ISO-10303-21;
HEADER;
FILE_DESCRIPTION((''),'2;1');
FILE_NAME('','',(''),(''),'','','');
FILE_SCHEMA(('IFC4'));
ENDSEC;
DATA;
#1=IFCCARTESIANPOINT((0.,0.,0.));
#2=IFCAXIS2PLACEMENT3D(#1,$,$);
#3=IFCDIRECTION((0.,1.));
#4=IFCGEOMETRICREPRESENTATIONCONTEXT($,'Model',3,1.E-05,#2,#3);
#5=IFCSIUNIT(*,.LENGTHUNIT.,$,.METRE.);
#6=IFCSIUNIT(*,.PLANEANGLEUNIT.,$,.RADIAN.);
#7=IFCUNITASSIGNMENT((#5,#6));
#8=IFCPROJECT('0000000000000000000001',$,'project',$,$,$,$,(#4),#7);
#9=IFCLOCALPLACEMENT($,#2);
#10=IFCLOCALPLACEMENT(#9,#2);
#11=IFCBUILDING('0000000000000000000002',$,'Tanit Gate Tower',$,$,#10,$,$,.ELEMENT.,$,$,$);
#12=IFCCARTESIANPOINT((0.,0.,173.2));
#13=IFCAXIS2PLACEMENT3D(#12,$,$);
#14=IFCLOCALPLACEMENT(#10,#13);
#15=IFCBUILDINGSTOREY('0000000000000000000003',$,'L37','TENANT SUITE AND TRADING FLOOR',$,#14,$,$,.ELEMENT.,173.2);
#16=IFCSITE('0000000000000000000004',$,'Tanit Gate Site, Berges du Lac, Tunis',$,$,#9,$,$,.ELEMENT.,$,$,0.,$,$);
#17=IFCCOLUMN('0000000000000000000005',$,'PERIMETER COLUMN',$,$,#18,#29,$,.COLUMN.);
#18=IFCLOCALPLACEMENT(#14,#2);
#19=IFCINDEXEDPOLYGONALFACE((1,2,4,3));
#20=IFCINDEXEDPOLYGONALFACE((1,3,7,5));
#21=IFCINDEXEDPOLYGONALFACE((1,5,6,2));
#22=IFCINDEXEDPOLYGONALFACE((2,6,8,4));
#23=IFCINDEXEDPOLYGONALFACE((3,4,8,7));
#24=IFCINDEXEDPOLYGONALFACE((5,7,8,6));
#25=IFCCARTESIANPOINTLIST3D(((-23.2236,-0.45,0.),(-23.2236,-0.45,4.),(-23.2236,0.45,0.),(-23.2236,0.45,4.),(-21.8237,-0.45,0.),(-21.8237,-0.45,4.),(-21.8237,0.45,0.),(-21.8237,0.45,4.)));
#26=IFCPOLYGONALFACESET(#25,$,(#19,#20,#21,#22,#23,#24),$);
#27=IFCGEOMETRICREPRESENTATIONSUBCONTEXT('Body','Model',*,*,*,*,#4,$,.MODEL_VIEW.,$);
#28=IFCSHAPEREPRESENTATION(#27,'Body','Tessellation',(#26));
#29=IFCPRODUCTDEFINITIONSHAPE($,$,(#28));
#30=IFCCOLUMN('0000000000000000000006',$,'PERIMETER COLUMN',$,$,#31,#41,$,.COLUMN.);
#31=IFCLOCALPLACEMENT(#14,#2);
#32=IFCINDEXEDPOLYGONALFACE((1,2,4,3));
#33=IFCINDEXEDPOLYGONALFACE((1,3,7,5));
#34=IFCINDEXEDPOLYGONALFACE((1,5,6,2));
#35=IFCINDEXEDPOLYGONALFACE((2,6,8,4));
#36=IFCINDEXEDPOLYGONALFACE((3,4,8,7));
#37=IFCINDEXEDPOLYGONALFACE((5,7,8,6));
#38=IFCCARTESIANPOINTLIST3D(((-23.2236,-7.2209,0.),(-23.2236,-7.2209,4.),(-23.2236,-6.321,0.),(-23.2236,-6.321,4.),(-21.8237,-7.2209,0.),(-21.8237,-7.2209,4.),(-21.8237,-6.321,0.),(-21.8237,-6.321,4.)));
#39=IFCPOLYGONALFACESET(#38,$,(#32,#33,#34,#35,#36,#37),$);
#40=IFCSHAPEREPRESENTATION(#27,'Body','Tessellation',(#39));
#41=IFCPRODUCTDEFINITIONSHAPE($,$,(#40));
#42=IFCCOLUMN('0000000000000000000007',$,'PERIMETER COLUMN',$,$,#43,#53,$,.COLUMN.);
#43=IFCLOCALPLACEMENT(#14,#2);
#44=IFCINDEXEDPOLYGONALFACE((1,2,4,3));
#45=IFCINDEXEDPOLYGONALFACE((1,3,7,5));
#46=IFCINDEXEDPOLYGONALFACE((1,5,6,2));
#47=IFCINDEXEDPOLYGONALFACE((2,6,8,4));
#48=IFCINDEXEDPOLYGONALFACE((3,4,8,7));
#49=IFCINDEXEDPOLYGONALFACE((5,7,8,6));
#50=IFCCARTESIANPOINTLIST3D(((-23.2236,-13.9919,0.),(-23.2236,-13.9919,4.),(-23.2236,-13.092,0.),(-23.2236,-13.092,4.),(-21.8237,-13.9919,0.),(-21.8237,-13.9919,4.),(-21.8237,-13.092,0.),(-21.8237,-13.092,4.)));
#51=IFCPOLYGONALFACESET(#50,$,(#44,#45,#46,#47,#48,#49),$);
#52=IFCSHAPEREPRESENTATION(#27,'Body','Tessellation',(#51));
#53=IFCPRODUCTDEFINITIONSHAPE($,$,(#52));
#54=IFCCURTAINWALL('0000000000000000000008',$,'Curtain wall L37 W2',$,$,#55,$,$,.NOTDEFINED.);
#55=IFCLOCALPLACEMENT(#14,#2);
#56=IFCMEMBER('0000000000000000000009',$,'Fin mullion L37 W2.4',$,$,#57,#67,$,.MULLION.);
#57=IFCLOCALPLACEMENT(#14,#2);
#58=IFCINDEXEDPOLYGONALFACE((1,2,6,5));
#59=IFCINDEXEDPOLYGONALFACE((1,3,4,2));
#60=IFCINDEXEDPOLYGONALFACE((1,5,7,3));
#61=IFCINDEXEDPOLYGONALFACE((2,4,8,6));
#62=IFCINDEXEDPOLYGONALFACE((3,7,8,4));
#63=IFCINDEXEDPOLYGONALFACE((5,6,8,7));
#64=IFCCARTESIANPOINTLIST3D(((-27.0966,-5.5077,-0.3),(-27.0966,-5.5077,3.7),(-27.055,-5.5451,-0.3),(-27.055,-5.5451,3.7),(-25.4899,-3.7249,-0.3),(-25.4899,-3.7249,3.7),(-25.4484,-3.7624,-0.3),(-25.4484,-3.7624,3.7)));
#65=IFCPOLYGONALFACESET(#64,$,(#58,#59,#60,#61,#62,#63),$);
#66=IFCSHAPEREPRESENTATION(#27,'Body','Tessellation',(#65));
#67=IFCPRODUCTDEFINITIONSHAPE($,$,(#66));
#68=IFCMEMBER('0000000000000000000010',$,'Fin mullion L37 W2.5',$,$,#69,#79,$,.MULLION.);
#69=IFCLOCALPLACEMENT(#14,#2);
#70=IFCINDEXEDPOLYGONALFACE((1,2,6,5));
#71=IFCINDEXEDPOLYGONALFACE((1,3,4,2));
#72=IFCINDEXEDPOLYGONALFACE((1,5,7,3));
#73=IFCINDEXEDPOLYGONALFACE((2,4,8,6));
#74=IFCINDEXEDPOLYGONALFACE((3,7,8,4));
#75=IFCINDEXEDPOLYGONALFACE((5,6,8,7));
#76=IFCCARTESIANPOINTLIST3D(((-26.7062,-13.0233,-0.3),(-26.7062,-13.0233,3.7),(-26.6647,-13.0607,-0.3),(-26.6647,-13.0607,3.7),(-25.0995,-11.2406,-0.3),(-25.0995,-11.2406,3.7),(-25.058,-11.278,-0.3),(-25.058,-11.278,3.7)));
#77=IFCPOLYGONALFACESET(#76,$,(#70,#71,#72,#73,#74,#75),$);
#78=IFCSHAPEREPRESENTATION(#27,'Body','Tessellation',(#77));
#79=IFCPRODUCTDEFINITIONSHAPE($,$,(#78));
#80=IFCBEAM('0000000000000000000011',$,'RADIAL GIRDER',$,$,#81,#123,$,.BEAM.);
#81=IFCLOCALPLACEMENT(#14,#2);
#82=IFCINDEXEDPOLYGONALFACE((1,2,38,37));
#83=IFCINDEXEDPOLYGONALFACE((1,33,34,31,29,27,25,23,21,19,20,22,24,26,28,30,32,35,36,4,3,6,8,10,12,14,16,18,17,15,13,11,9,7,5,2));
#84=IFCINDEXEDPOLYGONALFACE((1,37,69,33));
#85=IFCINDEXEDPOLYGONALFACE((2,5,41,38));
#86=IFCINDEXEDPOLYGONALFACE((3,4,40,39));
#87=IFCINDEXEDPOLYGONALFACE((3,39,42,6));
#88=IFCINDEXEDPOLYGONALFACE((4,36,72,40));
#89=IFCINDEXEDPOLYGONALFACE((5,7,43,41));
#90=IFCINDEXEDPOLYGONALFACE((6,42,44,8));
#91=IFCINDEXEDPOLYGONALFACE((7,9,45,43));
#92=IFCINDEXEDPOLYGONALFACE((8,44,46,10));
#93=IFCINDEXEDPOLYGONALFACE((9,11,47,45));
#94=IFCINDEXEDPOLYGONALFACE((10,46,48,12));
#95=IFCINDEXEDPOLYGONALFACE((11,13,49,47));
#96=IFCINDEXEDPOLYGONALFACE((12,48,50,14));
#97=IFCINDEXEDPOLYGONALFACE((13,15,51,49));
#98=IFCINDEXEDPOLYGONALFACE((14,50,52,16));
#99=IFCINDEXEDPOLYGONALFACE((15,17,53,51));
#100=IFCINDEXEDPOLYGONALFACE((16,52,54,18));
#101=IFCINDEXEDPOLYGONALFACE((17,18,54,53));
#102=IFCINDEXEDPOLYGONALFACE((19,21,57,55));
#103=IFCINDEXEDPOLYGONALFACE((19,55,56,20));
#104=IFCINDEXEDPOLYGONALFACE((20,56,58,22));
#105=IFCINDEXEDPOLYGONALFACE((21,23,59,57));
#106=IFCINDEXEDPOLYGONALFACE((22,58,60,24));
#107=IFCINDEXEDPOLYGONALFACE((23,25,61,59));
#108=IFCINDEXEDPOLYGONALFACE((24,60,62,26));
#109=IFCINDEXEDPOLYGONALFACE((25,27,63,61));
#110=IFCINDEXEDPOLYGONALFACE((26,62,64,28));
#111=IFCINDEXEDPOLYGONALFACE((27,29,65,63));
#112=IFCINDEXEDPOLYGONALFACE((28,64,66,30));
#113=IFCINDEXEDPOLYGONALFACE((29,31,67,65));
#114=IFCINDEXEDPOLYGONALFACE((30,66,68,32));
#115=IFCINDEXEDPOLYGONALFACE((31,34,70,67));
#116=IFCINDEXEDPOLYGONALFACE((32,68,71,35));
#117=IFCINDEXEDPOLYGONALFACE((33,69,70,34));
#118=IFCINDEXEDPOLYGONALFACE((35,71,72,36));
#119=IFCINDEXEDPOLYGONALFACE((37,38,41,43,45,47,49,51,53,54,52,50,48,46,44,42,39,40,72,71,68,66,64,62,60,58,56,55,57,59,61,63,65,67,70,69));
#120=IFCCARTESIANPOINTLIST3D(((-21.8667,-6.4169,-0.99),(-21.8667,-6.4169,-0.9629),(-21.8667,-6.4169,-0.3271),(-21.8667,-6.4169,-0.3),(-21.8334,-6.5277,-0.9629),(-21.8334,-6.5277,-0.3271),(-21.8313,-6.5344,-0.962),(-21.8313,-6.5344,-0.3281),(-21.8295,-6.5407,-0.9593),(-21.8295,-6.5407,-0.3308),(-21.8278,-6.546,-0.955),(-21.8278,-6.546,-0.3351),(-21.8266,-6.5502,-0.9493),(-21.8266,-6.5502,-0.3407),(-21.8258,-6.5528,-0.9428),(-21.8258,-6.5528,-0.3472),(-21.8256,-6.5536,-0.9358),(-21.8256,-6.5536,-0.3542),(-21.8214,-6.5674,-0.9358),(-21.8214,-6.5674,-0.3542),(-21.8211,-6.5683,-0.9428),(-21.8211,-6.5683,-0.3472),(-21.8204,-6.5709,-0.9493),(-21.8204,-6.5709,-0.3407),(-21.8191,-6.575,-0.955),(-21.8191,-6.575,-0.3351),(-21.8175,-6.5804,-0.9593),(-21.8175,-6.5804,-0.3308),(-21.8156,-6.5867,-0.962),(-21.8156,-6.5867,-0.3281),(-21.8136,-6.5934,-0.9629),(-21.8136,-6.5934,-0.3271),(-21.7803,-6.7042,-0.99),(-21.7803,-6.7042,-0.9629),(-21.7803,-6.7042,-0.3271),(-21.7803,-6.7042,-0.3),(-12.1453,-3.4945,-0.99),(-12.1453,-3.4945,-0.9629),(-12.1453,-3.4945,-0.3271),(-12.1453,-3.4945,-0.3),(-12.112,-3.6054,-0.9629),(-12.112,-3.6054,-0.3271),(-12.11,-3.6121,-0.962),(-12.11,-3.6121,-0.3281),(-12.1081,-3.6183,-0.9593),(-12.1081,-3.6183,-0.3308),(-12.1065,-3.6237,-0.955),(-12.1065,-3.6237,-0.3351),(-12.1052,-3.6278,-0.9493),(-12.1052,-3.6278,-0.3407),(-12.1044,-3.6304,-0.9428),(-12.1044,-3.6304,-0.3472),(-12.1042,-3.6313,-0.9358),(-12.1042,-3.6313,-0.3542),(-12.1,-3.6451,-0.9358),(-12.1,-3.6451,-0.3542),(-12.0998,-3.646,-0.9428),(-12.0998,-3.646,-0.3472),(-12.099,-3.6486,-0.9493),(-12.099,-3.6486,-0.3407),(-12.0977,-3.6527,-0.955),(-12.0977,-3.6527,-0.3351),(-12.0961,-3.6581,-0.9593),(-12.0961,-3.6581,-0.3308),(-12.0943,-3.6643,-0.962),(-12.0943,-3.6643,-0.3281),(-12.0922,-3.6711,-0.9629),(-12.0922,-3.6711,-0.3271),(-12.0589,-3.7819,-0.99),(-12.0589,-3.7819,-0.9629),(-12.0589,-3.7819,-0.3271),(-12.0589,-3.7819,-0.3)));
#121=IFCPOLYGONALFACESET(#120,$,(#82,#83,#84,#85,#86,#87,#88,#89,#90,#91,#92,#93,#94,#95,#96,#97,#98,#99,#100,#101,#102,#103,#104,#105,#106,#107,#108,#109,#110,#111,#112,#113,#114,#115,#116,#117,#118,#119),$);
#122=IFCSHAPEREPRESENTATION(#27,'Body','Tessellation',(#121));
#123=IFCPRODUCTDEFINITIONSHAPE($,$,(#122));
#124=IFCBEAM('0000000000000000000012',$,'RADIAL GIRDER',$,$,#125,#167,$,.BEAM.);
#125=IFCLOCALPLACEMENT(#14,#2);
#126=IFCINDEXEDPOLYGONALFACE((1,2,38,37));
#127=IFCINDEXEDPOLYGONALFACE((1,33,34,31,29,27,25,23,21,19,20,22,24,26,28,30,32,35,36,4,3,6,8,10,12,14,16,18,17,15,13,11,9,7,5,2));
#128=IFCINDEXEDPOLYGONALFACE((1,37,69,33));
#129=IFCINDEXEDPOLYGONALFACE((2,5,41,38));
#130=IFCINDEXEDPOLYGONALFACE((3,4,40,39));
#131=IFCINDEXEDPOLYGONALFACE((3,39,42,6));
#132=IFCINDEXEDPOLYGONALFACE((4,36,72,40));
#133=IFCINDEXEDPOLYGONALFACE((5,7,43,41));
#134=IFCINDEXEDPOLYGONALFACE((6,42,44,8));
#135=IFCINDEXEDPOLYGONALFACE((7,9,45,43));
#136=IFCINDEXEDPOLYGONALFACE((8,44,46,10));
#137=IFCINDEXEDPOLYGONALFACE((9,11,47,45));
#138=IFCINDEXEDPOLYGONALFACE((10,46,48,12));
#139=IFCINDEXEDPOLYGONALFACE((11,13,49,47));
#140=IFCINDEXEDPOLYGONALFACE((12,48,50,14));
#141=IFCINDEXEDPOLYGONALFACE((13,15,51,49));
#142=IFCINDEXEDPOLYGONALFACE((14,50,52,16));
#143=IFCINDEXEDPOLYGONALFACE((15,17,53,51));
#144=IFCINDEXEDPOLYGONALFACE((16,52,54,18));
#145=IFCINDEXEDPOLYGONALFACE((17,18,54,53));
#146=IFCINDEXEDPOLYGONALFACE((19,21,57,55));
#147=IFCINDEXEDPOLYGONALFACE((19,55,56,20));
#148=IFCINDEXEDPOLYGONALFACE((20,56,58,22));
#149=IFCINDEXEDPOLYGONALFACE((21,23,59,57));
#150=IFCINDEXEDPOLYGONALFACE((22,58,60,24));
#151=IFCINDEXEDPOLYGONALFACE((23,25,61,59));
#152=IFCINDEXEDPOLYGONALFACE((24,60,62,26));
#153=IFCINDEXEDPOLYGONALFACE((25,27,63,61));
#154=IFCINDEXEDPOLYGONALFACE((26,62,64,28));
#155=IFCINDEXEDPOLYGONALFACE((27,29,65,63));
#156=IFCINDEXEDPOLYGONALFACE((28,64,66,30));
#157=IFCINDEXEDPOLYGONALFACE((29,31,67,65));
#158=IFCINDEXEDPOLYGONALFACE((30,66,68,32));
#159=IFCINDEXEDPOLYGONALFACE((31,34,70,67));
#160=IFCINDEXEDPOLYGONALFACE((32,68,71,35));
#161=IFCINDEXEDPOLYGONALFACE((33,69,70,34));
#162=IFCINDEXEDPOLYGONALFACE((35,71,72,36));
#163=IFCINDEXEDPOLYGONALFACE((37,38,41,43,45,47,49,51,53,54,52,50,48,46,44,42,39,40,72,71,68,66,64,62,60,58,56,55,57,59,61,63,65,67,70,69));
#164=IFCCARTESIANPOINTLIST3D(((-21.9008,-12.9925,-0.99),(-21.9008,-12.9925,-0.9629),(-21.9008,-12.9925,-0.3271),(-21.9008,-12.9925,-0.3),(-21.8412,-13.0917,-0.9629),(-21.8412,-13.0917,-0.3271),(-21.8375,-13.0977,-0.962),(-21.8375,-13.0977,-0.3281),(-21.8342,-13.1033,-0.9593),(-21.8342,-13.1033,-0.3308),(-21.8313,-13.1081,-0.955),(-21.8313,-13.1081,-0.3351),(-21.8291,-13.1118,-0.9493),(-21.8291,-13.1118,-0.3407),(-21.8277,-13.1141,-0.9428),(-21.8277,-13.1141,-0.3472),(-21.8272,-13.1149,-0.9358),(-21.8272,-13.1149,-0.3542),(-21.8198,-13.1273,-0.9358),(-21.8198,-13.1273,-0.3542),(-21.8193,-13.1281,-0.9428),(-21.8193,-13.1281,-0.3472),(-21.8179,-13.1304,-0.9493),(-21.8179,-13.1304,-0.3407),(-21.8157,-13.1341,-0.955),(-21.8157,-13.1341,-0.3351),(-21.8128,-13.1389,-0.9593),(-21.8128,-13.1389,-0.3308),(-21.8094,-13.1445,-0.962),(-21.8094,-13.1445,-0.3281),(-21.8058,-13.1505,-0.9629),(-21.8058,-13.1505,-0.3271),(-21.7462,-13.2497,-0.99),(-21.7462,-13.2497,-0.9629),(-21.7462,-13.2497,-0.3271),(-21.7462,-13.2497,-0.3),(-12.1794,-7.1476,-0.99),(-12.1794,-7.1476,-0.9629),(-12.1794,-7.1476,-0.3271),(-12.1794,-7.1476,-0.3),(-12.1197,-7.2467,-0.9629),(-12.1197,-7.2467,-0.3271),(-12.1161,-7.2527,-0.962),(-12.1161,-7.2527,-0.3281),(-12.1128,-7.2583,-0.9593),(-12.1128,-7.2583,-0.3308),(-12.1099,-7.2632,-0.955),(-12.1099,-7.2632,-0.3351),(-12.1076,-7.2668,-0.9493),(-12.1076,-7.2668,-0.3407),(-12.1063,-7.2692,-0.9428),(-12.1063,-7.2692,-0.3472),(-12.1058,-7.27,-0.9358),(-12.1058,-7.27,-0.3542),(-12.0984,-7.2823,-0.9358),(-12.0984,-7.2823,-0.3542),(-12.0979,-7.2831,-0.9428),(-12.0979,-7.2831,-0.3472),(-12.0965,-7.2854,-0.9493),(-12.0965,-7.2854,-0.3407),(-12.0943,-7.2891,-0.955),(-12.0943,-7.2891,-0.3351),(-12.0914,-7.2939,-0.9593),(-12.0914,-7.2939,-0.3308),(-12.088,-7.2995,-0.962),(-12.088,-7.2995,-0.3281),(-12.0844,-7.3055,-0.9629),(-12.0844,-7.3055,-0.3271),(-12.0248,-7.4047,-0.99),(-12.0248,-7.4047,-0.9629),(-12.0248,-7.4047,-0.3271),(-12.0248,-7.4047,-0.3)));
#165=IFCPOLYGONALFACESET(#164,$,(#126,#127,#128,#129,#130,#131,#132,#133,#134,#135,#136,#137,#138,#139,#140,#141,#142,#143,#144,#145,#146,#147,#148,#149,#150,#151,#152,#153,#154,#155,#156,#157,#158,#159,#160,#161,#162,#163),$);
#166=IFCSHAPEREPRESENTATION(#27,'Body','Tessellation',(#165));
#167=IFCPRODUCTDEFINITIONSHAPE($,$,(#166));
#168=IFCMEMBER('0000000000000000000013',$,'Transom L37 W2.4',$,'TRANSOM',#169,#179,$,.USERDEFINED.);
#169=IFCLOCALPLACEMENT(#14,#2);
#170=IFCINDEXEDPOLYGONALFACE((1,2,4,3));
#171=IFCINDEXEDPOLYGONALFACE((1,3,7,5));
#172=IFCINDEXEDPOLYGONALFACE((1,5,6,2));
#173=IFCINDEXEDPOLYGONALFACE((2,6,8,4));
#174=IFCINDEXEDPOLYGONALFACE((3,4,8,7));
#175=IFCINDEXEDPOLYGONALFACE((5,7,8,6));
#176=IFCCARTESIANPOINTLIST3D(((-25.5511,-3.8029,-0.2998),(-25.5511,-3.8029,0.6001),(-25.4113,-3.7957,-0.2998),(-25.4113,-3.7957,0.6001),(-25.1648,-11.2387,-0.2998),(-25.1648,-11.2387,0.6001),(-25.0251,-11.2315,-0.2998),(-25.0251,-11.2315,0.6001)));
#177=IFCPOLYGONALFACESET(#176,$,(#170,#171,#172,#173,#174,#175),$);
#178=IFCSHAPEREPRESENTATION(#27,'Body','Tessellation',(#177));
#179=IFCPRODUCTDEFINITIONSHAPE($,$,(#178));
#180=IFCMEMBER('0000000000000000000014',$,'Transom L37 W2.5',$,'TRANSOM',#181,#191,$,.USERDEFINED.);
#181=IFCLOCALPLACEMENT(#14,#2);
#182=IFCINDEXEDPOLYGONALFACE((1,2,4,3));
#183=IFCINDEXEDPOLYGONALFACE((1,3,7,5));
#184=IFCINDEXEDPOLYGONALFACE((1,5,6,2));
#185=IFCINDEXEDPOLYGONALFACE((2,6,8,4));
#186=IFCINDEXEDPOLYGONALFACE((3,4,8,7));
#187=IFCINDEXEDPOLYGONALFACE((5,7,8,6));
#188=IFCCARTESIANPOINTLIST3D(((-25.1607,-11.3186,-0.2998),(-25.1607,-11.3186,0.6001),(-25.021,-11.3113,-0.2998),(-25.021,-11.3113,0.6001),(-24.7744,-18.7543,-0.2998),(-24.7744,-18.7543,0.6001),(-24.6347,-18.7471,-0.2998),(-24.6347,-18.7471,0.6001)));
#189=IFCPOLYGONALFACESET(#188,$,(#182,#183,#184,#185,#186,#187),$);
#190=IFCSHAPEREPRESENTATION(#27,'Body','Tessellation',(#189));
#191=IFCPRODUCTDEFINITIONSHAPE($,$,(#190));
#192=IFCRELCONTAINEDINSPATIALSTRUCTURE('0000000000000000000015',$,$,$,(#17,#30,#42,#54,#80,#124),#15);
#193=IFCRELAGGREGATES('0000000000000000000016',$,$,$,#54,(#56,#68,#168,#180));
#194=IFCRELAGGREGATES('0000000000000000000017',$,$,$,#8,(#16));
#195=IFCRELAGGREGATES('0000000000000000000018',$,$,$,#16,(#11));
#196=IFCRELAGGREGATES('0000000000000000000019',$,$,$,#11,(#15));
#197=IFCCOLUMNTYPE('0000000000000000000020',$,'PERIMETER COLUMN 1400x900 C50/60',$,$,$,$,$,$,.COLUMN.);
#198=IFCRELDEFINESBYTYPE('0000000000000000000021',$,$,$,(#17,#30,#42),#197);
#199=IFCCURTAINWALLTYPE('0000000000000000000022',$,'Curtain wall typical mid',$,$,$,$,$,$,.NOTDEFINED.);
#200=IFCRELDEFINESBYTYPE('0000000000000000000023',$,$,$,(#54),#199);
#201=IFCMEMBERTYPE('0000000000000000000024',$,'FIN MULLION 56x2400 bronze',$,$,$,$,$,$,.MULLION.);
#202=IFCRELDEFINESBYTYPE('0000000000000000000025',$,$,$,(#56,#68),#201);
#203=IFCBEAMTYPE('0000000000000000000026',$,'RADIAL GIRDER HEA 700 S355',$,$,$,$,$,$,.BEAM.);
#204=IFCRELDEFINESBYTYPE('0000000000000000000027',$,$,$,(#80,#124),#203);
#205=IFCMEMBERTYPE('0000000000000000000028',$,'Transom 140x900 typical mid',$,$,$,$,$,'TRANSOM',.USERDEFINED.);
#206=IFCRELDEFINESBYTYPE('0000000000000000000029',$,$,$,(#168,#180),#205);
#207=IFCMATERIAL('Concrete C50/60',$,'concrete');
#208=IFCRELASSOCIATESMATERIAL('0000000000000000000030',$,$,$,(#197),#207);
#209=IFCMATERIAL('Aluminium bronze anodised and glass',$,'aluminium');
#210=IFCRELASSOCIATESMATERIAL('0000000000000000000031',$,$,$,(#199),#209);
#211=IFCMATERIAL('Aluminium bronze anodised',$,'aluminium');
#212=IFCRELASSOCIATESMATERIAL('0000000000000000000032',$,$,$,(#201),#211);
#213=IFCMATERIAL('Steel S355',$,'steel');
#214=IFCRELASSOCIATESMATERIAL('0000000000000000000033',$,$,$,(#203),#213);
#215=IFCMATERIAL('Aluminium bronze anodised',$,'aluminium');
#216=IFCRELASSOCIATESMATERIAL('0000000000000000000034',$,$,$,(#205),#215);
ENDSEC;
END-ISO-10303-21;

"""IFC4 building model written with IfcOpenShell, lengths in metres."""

from ifc_helpers import new_model, si_unit, direction, frame, origin, origin_2d, place, context, subcontext, project, spatial, rectangle, i_section, extrude, material, material_profile, profile_set, type_object, element, aggregate, save


model = new_model("IFC4")

# Units and contexts
model_context = context("Model", 3, precision=1e-05, world=origin(), true_north=direction((0.0, 1.0)))
body_context = subcontext(model_context, "Body", "Model", "MODEL_VIEW")
ifc_project = project(units=[si_unit("LENGTHUNIT", "METRE"), si_unit("PLANEANGLEUNIT", "RADIAN")], contexts=[model_context])

# Site, building, storey
site_placement = place(None, origin())
site = spatial("IfcSite", under=ifc_project, at=site_placement, Name="Tanit Gate Site, Berges du Lac, Tunis", CompositionType="ELEMENT", RefElevation=0.0)
building_placement = place(site_placement, origin())
building = spatial("IfcBuilding", under=site, at=building_placement, Name="Tanit Gate Tower", CompositionType="ELEMENT")
storey_placement = place(building_placement, frame((0.0, 0.0, 173.2)))
storey = spatial("IfcBuildingStorey", under=building, at=storey_placement, Name="L37", Description="TENANT SUITE AND TRADING FLOOR", CompositionType="ELEMENT", Elevation=173.2)

# Columns
ifc_material_1 = material(Name="Concrete C50/60", Category="concrete")
ifc_material_profile_1 = material_profile(ifc_material_1, rectangle(XDim=1.3999, YDim=0.8999, at=origin_2d()), Name="RC 1400x900")
ifc_profile_set_1 = profile_set([ifc_material_profile_1], Name="Concrete C50/60")
column_type = type_object("IfcColumnType", Name="PERIMETER COLUMN 1400x900 C50/60", PredefinedType="COLUMN", material=ifc_profile_set_1)
for number, where, z_axis, x_axis, name in (
    (1, (-22.5237, 0.0, 0.0), (0.0, 0.0, 1.0), (-1.0, 0.0, 0.0), "PERIMETER COLUMN"),
    (2, (-22.5237, -6.771, 0.0), (0.0, 0.0, 1.0), (-1.0, 0.0, 0.0), "PERIMETER COLUMN"),
    (3, (-22.5237, -13.542, 0.0), (0.0, 0.0, 1.0), (-1.0, 0.0, 0.0), "PERIMETER COLUMN"),
):
    element("IfcColumn", number, at=place(storey_placement, frame(where, z_axis=z_axis, x_axis=x_axis)), inside=storey, type_object=column_type, Name=name, PredefinedType="COLUMN", context=body_context, shape_type="SweptSolid", body=[
        extrude(rectangle(XDim=1.3999, YDim=0.8999, at=origin_2d()), origin(), (0.0, 0.0, 1.0), 4.0),
    ])

# Curtain wall, members
ifc_material_2 = material(Name="Aluminium bronze anodised and glass", Category="aluminium")
curtain_wall_type = type_object("IfcCurtainWallType", Name="Curtain wall typical mid", PredefinedType="NOTDEFINED", material=ifc_material_2)
curtain_wall_placement = place(storey_placement, origin())
curtain_wall = element("IfcCurtainWall", 4, at=curtain_wall_placement, inside=storey, type_object=curtain_wall_type, Name="Curtain wall L37 W2", PredefinedType="NOTDEFINED")
ifc_material_3 = material(Name="Aluminium bronze anodised", Category="aluminium")
ifc_material_profile_2 = material_profile(ifc_material_3, rectangle(XDim=2.3999, YDim=0.0559, at=origin_2d()), Name="56x2400 bronze fin mullion")
ifc_profile_set_2 = profile_set([ifc_material_profile_2], Name="Aluminium bronze anodised")
member_type_1 = type_object("IfcMemberType", Name="FIN MULLION 56x2400 bronze", PredefinedType="MULLION", material=ifc_profile_set_2)
member_1_placement = place(storey_placement, frame((-26.2725, -4.635, -0.3), z_axis=(0.0, 0.0, 1.0), x_axis=(0.669481, 0.742829, 0.0)))
member_1 = element("IfcMember", 5, at=member_1_placement, type_object=member_type_1, Name="Fin mullion L37 W2.4", PredefinedType="MULLION", context=body_context, shape_type="SweptSolid", body=[
    extrude(rectangle(XDim=2.3999, YDim=0.0559, at=origin_2d()), origin(), (0.0, 0.0, 1.0), 4.0),
])
member_2_placement = place(storey_placement, frame((-25.8821, -12.1506, -0.3), z_axis=(0.0, 0.0, 1.0), x_axis=(0.669481, 0.742829, 0.0)))
member_2 = element("IfcMember", 6, at=member_2_placement, type_object=member_type_1, Name="Fin mullion L37 W2.5", PredefinedType="MULLION", context=body_context, shape_type="SweptSolid", body=[
    extrude(rectangle(XDim=2.3999, YDim=0.0559, at=origin_2d()), origin(), (0.0, 0.0, 1.0), 4.0),
])

# Beams
ifc_material_4 = material(Name="Steel S355", Category="steel")
ifc_material_profile_3 = material_profile(ifc_material_4, i_section(OverallWidth=0.3, OverallDepth=0.6899, WebThickness=0.0144, FlangeThickness=0.0271, FilletRadius=0.0271, at=origin_2d()), Name="HEA 700")
ifc_profile_set_3 = profile_set([ifc_material_profile_3], Name="Steel S355")
beam_type = type_object("IfcBeamType", Name="RADIAL GIRDER HEA 700 S355", PredefinedType="BEAM", material=ifc_profile_set_3)
beam_1_placement = place(storey_placement, frame((-21.8235, -6.5605, -0.645), z_axis=(0.957665, 0.287884, 0.0), x_axis=(-0.287884, 0.957665, 0.0)))
element("IfcBeam", 7, at=beam_1_placement, inside=storey, type_object=beam_type, Name="RADIAL GIRDER", PredefinedType="BEAM", context=body_context, shape_type="SweptSolid", body=[
    extrude(i_section(OverallWidth=0.3, OverallDepth=0.6899, WebThickness=0.0144, FlangeThickness=0.0271, FilletRadius=0.0271, at=origin_2d()), origin(), (0.0, 0.0, 1.0), 10.1511),
])
beam_2_placement = place(storey_placement, frame((-21.8235, -13.1211, -0.645), z_axis=(0.857022, 0.51528, 0.0), x_axis=(-0.51528, 0.857022, 0.0)))
element("IfcBeam", 8, at=beam_2_placement, inside=storey, type_object=beam_type, Name="RADIAL GIRDER", PredefinedType="BEAM", context=body_context, shape_type="SweptSolid", body=[
    extrude(i_section(OverallWidth=0.3, OverallDepth=0.6899, WebThickness=0.0144, FlangeThickness=0.0271, FilletRadius=0.0271, at=origin_2d()), origin(), (0.0, 0.0, 1.0), 11.3433),
])

# Members
ifc_material_5 = material(Name="Aluminium bronze anodised", Category="aluminium")
ifc_material_profile_4 = material_profile(ifc_material_5, rectangle(XDim=0.1399, YDim=0.8999, at=origin_2d()), Name="140x900 bronze transom")
ifc_profile_set_4 = profile_set([ifc_material_profile_4], Name="Aluminium bronze anodised")
member_type_2 = type_object("IfcMemberType", Name="Transom 140x900 typical mid", ElementType="TRANSOM", PredefinedType="USERDEFINED", material=ifc_profile_set_4)
member_3_placement = place(storey_placement, frame((-25.4812, -3.7993, 0.1501), z_axis=(0.051872, -0.998654, 0.0), x_axis=(0.998654, 0.051872, 0.0)))
member_3 = element("IfcMember", 9, at=member_3_placement, type_object=member_type_2, Name="Transom L37 W2.4", ObjectType="TRANSOM", PredefinedType="USERDEFINED", context=body_context, shape_type="SweptSolid", body=[
    extrude(rectangle(XDim=0.1399, YDim=0.8999, at=origin_2d()), origin(), (0.0, 0.0, 1.0), 7.4458),
])
member_4_placement = place(storey_placement, frame((-25.0908, -11.3149, 0.1501), z_axis=(0.051872, -0.998654, 0.0), x_axis=(0.998654, 0.051872, 0.0)))
member_4 = element("IfcMember", 10, at=member_4_placement, type_object=member_type_2, Name="Transom L37 W2.5", ObjectType="TRANSOM", PredefinedType="USERDEFINED", context=body_context, shape_type="SweptSolid", body=[
    extrude(rectangle(XDim=0.1399, YDim=0.8999, at=origin_2d()), origin(), (0.0, 0.0, 1.0), 7.4458),
])

aggregate(curtain_wall, [member_1, member_2, member_3, member_4])

save(model, "model.ifc")
